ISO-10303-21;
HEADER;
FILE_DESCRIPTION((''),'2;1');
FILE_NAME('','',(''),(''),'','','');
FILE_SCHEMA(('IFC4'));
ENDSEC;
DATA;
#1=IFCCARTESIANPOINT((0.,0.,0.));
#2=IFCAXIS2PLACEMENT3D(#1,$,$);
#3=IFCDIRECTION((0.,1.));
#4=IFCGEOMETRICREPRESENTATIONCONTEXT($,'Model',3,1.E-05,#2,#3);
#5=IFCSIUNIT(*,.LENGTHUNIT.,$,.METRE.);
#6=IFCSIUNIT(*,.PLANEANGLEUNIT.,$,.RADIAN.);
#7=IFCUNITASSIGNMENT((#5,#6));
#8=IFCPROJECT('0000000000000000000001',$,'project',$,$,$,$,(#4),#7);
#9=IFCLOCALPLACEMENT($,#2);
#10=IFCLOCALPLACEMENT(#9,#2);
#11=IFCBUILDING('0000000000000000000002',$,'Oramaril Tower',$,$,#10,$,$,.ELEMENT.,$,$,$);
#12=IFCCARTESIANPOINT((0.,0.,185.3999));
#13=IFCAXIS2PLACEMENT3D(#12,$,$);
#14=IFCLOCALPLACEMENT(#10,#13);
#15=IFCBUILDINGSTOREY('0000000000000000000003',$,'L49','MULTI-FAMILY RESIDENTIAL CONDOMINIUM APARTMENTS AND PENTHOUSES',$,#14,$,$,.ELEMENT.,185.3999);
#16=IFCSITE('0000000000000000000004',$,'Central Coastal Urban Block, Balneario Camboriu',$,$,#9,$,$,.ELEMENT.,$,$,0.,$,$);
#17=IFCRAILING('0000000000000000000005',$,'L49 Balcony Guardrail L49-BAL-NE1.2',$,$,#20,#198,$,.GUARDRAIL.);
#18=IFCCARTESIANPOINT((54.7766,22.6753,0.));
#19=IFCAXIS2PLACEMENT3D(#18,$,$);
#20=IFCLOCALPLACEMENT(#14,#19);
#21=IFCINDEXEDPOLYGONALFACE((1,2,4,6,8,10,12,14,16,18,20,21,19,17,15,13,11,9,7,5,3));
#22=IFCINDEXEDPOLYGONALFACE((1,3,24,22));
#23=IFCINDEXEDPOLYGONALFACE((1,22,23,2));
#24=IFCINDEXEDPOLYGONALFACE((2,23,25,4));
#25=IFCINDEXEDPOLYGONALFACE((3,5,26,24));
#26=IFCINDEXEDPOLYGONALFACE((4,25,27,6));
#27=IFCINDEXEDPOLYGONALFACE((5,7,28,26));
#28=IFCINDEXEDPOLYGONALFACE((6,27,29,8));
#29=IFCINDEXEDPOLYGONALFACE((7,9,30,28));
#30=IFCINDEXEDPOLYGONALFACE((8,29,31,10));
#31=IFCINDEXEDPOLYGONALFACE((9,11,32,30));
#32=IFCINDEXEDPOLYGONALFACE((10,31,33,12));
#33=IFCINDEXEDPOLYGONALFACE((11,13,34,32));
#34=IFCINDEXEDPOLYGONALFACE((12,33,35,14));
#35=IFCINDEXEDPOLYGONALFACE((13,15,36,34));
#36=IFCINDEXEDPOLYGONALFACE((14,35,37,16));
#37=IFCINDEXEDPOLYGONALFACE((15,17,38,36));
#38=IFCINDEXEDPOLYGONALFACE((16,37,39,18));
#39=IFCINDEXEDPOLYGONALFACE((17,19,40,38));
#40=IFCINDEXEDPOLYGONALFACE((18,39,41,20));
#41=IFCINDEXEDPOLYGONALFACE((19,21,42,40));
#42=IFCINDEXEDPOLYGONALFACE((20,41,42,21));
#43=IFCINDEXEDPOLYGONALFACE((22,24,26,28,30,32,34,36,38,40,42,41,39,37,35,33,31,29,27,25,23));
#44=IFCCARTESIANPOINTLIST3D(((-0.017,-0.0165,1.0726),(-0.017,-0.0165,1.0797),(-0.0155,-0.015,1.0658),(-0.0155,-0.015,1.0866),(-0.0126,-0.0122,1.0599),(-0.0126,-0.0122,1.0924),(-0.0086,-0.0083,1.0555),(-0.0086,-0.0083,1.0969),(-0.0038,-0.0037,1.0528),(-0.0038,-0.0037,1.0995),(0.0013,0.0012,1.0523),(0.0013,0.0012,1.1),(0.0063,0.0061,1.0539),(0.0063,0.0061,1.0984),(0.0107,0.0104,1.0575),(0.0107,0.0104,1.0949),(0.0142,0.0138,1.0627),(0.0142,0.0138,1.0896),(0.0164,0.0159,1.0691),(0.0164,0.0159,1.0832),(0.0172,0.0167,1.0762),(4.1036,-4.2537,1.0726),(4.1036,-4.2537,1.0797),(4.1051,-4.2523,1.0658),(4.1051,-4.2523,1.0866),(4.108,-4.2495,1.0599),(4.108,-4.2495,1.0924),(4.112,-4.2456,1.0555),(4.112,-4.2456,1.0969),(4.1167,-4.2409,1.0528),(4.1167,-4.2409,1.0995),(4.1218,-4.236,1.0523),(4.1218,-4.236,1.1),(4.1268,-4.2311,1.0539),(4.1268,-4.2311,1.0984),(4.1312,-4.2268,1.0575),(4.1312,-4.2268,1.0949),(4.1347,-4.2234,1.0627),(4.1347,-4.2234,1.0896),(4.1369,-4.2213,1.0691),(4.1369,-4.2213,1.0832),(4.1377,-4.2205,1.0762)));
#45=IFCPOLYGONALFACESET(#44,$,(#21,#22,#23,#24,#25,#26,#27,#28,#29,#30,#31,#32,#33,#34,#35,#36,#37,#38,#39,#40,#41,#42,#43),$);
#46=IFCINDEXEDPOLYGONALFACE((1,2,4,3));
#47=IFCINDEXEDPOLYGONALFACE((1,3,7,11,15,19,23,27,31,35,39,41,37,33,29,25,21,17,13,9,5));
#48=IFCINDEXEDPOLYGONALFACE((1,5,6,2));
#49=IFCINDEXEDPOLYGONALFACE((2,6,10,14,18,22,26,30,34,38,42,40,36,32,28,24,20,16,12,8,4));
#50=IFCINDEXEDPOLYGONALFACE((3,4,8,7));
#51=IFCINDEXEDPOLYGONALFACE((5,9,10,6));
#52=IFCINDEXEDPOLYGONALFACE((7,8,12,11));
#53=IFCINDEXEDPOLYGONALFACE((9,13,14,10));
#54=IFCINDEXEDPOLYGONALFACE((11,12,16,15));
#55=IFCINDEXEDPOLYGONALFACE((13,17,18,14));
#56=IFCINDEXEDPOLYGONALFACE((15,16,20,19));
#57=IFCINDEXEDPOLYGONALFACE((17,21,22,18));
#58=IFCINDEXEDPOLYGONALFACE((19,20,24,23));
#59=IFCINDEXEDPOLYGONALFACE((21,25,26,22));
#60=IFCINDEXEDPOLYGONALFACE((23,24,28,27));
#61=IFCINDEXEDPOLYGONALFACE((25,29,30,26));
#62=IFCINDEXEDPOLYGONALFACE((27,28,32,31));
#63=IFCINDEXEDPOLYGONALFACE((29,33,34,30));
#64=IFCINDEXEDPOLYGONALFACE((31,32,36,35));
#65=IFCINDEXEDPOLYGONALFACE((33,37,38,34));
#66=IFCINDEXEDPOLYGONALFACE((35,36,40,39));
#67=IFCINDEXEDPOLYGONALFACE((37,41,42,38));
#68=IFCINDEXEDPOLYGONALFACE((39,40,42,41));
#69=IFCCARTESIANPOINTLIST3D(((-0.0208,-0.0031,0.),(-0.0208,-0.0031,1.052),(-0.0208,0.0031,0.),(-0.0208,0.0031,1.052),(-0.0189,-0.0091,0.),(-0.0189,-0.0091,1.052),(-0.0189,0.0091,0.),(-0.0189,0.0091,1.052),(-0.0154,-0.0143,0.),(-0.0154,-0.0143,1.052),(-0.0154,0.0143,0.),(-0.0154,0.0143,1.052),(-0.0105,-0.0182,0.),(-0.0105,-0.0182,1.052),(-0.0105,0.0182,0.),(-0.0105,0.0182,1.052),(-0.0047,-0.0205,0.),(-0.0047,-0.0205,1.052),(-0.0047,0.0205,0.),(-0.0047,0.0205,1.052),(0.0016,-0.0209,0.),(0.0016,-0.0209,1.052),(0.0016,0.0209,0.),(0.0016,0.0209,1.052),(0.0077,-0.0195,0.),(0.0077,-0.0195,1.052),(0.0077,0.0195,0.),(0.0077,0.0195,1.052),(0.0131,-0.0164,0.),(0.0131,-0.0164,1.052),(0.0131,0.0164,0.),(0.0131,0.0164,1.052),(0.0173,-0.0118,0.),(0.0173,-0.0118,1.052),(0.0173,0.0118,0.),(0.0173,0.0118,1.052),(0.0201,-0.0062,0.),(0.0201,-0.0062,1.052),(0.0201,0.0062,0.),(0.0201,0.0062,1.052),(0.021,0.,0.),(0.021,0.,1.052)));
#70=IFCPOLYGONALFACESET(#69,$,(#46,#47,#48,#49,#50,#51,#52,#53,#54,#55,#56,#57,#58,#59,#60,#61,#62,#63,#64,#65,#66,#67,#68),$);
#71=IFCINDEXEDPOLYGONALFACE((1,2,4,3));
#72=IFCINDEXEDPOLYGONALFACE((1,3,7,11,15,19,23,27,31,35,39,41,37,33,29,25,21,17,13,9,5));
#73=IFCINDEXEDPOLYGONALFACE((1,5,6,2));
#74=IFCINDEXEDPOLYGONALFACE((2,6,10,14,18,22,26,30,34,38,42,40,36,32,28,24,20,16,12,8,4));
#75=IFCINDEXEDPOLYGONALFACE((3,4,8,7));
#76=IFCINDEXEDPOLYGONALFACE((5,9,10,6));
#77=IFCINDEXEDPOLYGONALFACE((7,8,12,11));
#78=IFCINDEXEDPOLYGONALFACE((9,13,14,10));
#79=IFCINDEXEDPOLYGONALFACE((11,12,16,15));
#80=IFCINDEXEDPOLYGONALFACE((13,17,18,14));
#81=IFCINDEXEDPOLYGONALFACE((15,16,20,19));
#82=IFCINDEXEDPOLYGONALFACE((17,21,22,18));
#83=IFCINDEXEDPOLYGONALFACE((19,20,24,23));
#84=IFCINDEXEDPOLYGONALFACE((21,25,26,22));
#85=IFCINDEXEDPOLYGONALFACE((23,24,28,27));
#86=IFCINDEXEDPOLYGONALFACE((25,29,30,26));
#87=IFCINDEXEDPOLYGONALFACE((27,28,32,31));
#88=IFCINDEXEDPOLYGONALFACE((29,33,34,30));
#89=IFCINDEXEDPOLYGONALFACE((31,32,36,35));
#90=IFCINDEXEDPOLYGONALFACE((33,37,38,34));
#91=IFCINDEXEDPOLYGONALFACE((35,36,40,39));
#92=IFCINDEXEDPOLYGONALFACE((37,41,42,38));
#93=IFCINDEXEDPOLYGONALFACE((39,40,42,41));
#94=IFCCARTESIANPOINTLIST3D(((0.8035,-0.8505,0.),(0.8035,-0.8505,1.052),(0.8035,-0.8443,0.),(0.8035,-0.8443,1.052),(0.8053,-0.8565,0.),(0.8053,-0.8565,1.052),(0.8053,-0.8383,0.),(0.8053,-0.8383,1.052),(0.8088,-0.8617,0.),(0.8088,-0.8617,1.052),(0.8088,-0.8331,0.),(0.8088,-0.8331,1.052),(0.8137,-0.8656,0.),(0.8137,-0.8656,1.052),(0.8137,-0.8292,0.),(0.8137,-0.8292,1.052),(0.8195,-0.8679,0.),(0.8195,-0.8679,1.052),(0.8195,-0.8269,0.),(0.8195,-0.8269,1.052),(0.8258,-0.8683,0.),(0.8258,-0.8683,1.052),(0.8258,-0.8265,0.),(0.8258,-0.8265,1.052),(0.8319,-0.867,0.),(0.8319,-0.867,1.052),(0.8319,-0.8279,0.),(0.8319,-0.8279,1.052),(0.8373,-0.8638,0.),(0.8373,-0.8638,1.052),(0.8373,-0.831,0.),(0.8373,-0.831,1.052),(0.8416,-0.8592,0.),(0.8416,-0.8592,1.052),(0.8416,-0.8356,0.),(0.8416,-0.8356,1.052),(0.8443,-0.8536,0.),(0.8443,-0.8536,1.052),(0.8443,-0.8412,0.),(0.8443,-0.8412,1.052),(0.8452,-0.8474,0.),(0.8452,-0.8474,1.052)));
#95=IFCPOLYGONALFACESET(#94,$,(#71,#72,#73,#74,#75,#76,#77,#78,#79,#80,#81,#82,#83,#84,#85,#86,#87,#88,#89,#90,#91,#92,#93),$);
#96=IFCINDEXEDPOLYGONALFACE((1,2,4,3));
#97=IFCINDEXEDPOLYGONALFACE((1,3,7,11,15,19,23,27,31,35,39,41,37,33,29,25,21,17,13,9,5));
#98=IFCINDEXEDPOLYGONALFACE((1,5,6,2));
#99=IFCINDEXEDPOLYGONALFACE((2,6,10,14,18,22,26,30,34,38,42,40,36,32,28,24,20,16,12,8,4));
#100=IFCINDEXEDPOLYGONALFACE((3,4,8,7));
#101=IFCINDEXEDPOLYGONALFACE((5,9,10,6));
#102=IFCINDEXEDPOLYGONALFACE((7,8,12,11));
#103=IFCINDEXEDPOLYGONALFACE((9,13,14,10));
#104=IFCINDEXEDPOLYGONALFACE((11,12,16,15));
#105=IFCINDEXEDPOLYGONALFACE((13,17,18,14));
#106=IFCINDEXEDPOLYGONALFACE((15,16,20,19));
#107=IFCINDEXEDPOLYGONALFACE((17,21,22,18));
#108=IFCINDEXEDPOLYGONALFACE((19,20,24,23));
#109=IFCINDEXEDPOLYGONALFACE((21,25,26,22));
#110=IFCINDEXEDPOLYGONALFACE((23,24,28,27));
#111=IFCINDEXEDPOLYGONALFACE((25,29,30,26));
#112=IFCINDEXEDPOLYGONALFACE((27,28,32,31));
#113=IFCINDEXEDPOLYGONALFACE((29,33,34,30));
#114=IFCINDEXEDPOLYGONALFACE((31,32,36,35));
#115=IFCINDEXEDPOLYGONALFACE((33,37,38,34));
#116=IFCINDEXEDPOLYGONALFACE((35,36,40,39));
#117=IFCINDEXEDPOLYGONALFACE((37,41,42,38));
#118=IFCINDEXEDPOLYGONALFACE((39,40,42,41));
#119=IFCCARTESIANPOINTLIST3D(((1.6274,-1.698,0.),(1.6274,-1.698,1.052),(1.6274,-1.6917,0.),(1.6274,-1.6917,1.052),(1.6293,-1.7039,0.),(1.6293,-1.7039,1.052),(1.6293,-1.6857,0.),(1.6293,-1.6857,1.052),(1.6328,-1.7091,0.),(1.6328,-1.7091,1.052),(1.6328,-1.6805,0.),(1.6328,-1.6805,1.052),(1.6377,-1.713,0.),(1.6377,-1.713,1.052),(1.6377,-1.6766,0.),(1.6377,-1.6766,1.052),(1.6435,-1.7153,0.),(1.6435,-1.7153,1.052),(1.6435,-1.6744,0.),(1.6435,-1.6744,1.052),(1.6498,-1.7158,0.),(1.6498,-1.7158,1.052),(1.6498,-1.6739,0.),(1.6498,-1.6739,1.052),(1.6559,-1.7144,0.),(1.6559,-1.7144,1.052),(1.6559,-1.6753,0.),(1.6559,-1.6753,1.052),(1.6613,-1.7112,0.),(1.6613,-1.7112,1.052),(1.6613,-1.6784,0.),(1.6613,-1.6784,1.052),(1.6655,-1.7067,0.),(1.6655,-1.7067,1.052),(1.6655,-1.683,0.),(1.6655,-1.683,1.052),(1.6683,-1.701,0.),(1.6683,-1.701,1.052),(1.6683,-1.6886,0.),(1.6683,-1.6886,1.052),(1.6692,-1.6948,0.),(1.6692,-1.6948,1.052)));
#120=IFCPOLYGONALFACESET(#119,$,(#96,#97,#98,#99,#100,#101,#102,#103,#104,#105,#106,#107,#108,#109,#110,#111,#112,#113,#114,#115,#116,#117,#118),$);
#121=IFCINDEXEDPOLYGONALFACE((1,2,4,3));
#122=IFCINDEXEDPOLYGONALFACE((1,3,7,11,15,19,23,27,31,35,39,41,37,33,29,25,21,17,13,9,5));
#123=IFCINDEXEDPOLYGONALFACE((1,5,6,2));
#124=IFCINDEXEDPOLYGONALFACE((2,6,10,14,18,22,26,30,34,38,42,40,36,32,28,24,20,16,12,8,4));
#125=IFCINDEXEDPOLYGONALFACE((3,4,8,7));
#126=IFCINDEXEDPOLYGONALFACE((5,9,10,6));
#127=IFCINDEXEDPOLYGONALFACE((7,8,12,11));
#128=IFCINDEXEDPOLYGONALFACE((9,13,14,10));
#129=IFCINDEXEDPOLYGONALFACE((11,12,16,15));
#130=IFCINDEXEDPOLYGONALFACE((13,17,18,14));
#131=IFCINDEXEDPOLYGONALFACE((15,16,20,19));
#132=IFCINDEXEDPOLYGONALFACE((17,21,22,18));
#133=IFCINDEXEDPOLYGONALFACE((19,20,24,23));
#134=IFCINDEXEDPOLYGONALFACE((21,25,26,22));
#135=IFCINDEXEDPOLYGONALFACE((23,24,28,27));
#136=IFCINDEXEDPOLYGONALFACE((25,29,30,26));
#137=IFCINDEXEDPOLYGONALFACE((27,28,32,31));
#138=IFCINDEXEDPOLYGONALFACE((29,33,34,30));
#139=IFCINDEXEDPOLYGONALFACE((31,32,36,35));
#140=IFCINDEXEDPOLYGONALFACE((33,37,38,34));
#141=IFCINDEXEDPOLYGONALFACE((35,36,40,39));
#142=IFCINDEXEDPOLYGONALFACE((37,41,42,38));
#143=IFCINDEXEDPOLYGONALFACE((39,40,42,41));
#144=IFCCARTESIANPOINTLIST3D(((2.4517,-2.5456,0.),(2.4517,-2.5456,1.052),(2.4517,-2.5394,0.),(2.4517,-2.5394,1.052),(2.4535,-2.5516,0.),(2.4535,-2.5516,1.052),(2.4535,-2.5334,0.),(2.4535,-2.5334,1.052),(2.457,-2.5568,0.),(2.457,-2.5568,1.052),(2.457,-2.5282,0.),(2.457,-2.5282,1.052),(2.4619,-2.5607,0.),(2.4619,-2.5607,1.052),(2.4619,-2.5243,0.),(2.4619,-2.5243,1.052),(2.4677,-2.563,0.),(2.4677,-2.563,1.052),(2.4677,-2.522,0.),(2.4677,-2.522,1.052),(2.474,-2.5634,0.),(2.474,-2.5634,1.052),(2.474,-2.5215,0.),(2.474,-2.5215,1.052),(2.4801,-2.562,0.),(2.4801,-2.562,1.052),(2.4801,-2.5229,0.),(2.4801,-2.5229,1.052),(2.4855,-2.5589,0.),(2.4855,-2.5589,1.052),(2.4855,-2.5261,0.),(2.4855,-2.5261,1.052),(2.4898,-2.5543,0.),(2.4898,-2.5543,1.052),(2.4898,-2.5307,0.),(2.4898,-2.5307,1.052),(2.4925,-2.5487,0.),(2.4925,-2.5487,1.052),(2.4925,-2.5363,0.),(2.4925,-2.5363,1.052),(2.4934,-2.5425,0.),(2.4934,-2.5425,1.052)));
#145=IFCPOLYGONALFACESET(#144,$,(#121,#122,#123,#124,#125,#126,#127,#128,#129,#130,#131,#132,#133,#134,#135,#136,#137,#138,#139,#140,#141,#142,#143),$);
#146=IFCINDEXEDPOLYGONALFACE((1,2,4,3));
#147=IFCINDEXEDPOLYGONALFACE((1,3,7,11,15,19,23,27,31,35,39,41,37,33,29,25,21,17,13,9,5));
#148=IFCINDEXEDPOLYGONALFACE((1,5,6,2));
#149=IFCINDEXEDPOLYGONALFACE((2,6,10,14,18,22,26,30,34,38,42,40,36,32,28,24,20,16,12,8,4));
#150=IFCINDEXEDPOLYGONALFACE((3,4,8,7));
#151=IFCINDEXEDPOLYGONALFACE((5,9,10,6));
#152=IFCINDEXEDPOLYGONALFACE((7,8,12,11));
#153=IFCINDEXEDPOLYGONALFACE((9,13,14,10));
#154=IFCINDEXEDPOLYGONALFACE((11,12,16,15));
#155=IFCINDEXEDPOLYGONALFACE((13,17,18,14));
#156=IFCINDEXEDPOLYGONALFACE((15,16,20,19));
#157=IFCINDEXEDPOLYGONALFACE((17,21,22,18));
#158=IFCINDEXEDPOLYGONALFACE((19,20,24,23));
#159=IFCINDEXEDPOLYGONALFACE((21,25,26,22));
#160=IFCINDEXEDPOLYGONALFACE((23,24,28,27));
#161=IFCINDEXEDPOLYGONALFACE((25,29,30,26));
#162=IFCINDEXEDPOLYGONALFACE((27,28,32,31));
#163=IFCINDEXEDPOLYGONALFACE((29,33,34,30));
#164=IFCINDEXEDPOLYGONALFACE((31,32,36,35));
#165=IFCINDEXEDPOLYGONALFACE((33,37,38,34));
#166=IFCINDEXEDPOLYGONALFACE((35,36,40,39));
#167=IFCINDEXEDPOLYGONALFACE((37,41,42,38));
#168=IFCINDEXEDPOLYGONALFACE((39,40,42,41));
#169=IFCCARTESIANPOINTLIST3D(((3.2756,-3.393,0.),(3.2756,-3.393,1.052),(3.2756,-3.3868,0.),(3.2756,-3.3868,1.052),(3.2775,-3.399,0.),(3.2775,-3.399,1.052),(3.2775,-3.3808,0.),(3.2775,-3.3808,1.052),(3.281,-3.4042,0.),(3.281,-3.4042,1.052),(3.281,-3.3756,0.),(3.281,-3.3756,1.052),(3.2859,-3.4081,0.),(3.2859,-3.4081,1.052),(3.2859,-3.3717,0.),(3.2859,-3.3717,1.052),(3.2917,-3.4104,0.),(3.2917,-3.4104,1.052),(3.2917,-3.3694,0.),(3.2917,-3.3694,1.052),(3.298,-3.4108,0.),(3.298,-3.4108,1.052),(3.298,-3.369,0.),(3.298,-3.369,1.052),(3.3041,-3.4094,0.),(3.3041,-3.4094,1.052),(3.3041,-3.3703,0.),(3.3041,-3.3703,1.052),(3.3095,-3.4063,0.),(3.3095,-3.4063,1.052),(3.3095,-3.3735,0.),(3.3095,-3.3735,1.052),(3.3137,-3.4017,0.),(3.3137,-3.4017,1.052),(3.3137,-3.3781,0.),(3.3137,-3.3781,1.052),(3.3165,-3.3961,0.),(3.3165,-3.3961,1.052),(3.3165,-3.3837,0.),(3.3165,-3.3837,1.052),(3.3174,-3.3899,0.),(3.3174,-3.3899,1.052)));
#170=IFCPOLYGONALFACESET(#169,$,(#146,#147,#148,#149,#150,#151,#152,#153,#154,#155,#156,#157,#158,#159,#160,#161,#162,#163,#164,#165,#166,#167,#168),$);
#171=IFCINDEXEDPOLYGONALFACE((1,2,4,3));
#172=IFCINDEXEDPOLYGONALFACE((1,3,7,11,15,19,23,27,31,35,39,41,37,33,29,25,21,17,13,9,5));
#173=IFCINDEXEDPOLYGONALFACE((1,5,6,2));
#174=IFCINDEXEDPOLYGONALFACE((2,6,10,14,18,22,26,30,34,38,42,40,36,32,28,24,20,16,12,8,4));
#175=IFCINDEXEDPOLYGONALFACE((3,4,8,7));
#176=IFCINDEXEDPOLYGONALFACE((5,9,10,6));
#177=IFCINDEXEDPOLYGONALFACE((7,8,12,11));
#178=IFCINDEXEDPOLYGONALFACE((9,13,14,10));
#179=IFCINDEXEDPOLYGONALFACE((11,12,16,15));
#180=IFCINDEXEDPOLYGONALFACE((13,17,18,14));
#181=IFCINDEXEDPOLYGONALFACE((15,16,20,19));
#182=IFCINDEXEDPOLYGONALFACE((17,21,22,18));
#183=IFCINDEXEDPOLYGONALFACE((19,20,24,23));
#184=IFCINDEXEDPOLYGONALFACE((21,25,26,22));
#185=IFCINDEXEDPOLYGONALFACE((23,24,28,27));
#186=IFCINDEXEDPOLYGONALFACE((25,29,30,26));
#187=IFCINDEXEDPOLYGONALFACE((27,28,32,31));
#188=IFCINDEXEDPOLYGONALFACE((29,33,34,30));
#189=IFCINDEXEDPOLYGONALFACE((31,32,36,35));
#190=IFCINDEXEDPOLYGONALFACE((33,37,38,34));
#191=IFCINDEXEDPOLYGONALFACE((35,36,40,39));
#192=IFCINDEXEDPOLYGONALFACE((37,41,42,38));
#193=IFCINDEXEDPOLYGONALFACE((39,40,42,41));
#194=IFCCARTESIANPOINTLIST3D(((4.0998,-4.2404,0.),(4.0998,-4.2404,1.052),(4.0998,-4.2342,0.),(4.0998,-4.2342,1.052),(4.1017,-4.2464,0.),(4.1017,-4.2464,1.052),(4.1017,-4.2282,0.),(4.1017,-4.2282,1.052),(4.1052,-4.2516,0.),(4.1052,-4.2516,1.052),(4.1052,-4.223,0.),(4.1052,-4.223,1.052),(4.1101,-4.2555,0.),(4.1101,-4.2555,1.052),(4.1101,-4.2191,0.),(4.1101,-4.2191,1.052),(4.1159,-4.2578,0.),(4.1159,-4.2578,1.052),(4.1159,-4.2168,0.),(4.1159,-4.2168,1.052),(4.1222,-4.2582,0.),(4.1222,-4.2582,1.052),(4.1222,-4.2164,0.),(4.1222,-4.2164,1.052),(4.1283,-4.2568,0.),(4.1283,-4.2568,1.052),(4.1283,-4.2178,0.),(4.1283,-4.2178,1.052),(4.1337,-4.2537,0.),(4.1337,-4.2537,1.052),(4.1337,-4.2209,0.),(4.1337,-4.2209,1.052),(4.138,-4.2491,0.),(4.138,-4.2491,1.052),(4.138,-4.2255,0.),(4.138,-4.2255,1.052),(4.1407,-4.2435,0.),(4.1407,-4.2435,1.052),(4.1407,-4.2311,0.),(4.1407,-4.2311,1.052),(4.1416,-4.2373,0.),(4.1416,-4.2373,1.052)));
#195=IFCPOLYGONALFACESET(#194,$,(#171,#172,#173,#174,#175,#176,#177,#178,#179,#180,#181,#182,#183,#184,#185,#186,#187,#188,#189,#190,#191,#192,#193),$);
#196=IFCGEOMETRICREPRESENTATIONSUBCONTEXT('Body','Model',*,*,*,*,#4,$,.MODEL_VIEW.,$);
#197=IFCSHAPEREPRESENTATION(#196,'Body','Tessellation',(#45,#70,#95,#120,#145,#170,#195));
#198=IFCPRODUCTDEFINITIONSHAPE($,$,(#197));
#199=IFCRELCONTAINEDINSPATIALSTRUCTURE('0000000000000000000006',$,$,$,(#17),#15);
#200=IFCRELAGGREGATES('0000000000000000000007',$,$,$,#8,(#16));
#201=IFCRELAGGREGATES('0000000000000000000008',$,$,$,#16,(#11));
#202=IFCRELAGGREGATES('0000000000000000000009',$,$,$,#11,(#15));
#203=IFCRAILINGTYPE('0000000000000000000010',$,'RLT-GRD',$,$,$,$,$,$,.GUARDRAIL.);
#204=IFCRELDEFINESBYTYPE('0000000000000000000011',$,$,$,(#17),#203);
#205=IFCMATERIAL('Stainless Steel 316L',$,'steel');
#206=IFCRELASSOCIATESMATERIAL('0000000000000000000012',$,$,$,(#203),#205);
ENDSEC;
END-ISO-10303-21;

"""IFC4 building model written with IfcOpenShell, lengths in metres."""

from ifc_helpers import new_model, si_unit, direction, frame, origin, origin_2d, place, context, subcontext, project, spatial, circle, extrude, material, type_object, element, save


model = new_model("IFC4")

# Units and contexts
model_context = context("Model", 3, precision=1e-05, world=origin(), true_north=direction((0.0, 1.0)))
body_context = subcontext(model_context, "Body", "Model", "MODEL_VIEW")
ifc_project = project(units=[si_unit("LENGTHUNIT", "METRE"), si_unit("PLANEANGLEUNIT", "RADIAN")], contexts=[model_context])

# Site, building, storey
site_placement = place(None, origin())
site = spatial("IfcSite", under=ifc_project, at=site_placement, Name="Central Coastal Urban Block, Balneario Camboriu", CompositionType="ELEMENT", RefElevation=0.0)
building_placement = place(site_placement, origin())
building = spatial("IfcBuilding", under=site, at=building_placement, Name="Oramaril Tower", CompositionType="ELEMENT")
storey_placement = place(building_placement, frame((0.0, 0.0, 185.3999)))
storey = spatial("IfcBuildingStorey", under=building, at=storey_placement, Name="L49", Description="MULTI-FAMILY RESIDENTIAL CONDOMINIUM APARTMENTS AND PENTHOUSES", CompositionType="ELEMENT", Elevation=185.3999)

# Railing
ifc_material_1 = material(Name="Stainless Steel 316L", Category="steel")
railing_type = type_object("IfcRailingType", Name="RLT-GRD", PredefinedType="GUARDRAIL", material=ifc_material_1)
railing_1_placement = place(storey_placement, frame((54.7766, 22.6753, 0.0)))
element("IfcRailing", 1, at=railing_1_placement, inside=storey, type_object=railing_type, Name="L49 Balcony Guardrail L49-BAL-NE1.2", PredefinedType="GUARDRAIL", context=body_context, shape_type="SweptSolid", body=[
    extrude(circle(Radius=0.0239, at=origin_2d()), frame((0.0, 0.0, 1.0762), z_axis=(0.697166, -0.71691, 0.0), x_axis=(0.71691, 0.697166, 0.0)), (0.0, 0.0, 1.0), 5.9104),
    extrude(circle(Radius=0.021, at=origin_2d()), origin(), (0.0, 0.0, 1.0), 1.052),
    extrude(circle(Radius=0.021, at=origin_2d()), frame((0.8242, -0.8474, 0.0)), (0.0, 0.0, 1.0), 1.052),
    extrude(circle(Radius=0.021, at=origin_2d()), frame((1.6482, -1.6948, 0.0)), (0.0, 0.0, 1.0), 1.052),
    extrude(circle(Radius=0.021, at=origin_2d()), frame((2.4724, -2.5425, 0.0)), (0.0, 0.0, 1.0), 1.052),
    extrude(circle(Radius=0.021, at=origin_2d()), frame((3.2964, -3.3899, 0.0)), (0.0, 0.0, 1.0), 1.052),
    extrude(circle(Radius=0.021, at=origin_2d()), frame((4.1206, -4.2373, 0.0)), (0.0, 0.0, 1.0), 1.052),
])

save(model, "model.ifc")
